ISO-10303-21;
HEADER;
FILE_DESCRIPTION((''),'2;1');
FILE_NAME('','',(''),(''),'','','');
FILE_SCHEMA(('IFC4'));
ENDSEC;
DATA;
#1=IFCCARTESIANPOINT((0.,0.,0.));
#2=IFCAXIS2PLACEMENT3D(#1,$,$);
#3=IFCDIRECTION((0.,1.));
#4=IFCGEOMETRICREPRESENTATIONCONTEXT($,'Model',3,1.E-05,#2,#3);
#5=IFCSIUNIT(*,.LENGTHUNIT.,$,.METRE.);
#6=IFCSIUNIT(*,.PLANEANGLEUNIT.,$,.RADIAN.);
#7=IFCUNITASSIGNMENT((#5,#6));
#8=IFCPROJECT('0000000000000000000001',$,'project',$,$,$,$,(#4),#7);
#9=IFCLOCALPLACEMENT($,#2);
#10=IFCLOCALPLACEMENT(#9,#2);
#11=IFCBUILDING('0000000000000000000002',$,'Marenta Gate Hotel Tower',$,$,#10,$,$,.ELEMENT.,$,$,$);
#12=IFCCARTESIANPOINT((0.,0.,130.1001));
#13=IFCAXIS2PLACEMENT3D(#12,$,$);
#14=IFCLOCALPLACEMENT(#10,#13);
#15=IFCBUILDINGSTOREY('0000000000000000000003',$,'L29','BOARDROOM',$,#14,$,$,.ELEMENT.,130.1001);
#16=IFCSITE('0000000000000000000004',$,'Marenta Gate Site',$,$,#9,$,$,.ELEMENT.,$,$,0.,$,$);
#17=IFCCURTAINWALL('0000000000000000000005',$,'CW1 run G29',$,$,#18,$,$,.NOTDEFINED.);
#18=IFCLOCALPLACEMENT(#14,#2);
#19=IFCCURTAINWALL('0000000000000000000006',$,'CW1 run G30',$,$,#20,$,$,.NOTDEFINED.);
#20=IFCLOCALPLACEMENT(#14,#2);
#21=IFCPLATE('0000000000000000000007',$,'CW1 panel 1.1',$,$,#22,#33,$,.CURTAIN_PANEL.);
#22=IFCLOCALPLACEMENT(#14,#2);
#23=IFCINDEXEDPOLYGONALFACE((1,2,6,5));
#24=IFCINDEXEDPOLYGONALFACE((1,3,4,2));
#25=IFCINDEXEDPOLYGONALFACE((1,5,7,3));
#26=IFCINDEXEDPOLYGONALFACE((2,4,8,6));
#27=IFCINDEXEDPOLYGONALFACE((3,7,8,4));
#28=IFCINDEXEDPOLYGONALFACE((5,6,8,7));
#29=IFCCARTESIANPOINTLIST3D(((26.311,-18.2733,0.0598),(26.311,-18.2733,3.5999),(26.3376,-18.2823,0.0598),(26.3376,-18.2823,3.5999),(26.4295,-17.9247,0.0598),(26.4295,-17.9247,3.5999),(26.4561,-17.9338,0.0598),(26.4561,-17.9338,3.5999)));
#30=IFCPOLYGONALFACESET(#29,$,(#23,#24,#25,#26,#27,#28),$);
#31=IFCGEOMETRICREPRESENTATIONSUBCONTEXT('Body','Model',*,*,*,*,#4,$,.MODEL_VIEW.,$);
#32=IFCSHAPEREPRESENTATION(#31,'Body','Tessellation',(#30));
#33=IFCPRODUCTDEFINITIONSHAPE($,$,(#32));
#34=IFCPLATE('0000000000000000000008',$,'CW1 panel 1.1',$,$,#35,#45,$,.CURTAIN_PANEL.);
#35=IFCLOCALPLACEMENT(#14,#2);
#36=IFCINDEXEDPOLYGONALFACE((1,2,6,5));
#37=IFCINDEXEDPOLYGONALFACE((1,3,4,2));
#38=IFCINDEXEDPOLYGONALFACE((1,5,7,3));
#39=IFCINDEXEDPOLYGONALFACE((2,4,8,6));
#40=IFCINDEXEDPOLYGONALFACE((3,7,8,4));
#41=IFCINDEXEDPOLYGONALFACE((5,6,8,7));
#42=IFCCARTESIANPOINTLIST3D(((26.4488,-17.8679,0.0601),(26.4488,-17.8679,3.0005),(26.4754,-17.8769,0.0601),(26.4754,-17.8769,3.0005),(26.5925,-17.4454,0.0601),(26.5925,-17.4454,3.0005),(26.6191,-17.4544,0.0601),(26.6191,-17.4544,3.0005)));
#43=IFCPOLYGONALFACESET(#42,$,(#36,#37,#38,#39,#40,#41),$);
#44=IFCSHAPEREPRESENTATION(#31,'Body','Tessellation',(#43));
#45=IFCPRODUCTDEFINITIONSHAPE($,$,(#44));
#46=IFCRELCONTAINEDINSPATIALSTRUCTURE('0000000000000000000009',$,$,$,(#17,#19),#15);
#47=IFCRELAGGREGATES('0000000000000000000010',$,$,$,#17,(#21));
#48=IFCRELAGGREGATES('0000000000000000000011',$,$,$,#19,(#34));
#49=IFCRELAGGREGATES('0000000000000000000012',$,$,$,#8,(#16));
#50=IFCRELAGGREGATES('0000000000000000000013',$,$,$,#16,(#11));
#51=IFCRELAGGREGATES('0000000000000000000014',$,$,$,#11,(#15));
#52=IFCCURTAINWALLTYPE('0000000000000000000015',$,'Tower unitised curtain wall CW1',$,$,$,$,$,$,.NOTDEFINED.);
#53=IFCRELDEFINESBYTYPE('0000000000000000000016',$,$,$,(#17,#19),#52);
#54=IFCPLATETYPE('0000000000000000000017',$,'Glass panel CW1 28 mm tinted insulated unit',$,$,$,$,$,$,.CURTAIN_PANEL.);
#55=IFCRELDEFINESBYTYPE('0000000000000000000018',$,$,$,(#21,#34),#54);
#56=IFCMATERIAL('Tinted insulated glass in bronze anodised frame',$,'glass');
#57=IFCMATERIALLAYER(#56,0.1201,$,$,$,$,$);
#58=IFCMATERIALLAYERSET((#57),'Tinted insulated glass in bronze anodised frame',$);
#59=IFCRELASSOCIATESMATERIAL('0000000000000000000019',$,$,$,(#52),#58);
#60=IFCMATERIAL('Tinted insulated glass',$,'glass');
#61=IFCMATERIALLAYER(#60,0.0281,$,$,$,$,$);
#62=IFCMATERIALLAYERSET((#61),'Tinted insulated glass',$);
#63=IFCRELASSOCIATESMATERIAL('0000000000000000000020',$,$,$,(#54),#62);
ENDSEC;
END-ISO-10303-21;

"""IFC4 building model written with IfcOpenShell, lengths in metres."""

from ifc_helpers import new_model, si_unit, direction, frame, origin, origin_2d, place, context, subcontext, project, spatial, rectangle, extrude, material, layer, layer_set, type_object, element, aggregate, save


model = new_model("IFC4")

# Units and contexts
model_context = context("Model", 3, precision=1e-05, world=origin(), true_north=direction((0.0, 1.0)))
body_context = subcontext(model_context, "Body", "Model", "MODEL_VIEW")
ifc_project = project(units=[si_unit("LENGTHUNIT", "METRE"), si_unit("PLANEANGLEUNIT", "RADIAN")], contexts=[model_context])

# Site, building, storey
site_placement = place(None, origin())
site = spatial("IfcSite", under=ifc_project, at=site_placement, Name="Marenta Gate Site", CompositionType="ELEMENT", RefElevation=0.0)
building_placement = place(site_placement, origin())
building = spatial("IfcBuilding", under=site, at=building_placement, Name="Marenta Gate Hotel Tower", CompositionType="ELEMENT")
storey_placement = place(building_placement, frame((0.0, 0.0, 130.1001)))
storey = spatial("IfcBuildingStorey", under=building, at=storey_placement, Name="L29", Description="BOARDROOM", CompositionType="ELEMENT", Elevation=130.1001)

# Curtain walls
ifc_material_1 = material(Name="Tinted insulated glass in bronze anodised frame", Category="glass")
ifc_layer_1 = layer(ifc_material_1, 0.1201)
ifc_layer_set_1 = layer_set([ifc_layer_1], Name="Tinted insulated glass in bronze anodised frame")
curtain_wall_type = type_object("IfcCurtainWallType", Name="Tower unitised curtain wall CW1", PredefinedType="NOTDEFINED", material=ifc_layer_set_1)
curtain_wall_1_placement = place(storey_placement, origin())
curtain_wall_1 = element("IfcCurtainWall", 1, at=curtain_wall_1_placement, inside=storey, type_object=curtain_wall_type, Name="CW1 run G29", PredefinedType="NOTDEFINED")
curtain_wall_2_placement = place(storey_placement, origin())
curtain_wall_2 = element("IfcCurtainWall", 2, at=curtain_wall_2_placement, inside=storey, type_object=curtain_wall_type, Name="CW1 run G30", PredefinedType="NOTDEFINED")

# Shared definitions
ifc_material_2 = material(Name="Tinted insulated glass", Category="glass")
ifc_layer_2 = layer(ifc_material_2, 0.0281)
ifc_layer_set_2 = layer_set([ifc_layer_2], Name="Tinted insulated glass")
plate_type = type_object("IfcPlateType", Name="Glass panel CW1 28 mm tinted insulated unit", PredefinedType="CURTAIN_PANEL", material=ifc_layer_set_2)

# Plates
plate_1_placement = place(storey_placement, frame((26.3835, -18.1035, 0.0598), z_axis=(0.0, 0.0, 1.0), x_axis=(0.322037, 0.946727, 0.0)))
plate_1 = element("IfcPlate", 3, at=plate_1_placement, type_object=plate_type, Name="CW1 panel 1.1", PredefinedType="CURTAIN_PANEL", context=body_context, shape_type="SweptSolid", body=[
    extrude(rectangle(XDim=0.3682, YDim=0.0281, at=origin_2d()), origin(), (0.0, 0.0, 1.0), 3.54),
])
aggregate(curtain_wall_1, [plate_1])
plate_2_placement = place(storey_placement, frame((26.5339, -17.6611, 0.0601), z_axis=(0.0, 0.0, 1.0), x_axis=(0.32203, 0.946729, 0.0)))
plate_2 = element("IfcPlate", 4, at=plate_2_placement, type_object=plate_type, Name="CW1 panel 1.1", PredefinedType="CURTAIN_PANEL", context=body_context, shape_type="SweptSolid", body=[
    extrude(rectangle(XDim=0.4463, YDim=0.0281, at=origin_2d()), origin(), (0.0, 0.0, 1.0), 2.9404),
])
aggregate(curtain_wall_2, [plate_2])

save(model, "model.ifc")
